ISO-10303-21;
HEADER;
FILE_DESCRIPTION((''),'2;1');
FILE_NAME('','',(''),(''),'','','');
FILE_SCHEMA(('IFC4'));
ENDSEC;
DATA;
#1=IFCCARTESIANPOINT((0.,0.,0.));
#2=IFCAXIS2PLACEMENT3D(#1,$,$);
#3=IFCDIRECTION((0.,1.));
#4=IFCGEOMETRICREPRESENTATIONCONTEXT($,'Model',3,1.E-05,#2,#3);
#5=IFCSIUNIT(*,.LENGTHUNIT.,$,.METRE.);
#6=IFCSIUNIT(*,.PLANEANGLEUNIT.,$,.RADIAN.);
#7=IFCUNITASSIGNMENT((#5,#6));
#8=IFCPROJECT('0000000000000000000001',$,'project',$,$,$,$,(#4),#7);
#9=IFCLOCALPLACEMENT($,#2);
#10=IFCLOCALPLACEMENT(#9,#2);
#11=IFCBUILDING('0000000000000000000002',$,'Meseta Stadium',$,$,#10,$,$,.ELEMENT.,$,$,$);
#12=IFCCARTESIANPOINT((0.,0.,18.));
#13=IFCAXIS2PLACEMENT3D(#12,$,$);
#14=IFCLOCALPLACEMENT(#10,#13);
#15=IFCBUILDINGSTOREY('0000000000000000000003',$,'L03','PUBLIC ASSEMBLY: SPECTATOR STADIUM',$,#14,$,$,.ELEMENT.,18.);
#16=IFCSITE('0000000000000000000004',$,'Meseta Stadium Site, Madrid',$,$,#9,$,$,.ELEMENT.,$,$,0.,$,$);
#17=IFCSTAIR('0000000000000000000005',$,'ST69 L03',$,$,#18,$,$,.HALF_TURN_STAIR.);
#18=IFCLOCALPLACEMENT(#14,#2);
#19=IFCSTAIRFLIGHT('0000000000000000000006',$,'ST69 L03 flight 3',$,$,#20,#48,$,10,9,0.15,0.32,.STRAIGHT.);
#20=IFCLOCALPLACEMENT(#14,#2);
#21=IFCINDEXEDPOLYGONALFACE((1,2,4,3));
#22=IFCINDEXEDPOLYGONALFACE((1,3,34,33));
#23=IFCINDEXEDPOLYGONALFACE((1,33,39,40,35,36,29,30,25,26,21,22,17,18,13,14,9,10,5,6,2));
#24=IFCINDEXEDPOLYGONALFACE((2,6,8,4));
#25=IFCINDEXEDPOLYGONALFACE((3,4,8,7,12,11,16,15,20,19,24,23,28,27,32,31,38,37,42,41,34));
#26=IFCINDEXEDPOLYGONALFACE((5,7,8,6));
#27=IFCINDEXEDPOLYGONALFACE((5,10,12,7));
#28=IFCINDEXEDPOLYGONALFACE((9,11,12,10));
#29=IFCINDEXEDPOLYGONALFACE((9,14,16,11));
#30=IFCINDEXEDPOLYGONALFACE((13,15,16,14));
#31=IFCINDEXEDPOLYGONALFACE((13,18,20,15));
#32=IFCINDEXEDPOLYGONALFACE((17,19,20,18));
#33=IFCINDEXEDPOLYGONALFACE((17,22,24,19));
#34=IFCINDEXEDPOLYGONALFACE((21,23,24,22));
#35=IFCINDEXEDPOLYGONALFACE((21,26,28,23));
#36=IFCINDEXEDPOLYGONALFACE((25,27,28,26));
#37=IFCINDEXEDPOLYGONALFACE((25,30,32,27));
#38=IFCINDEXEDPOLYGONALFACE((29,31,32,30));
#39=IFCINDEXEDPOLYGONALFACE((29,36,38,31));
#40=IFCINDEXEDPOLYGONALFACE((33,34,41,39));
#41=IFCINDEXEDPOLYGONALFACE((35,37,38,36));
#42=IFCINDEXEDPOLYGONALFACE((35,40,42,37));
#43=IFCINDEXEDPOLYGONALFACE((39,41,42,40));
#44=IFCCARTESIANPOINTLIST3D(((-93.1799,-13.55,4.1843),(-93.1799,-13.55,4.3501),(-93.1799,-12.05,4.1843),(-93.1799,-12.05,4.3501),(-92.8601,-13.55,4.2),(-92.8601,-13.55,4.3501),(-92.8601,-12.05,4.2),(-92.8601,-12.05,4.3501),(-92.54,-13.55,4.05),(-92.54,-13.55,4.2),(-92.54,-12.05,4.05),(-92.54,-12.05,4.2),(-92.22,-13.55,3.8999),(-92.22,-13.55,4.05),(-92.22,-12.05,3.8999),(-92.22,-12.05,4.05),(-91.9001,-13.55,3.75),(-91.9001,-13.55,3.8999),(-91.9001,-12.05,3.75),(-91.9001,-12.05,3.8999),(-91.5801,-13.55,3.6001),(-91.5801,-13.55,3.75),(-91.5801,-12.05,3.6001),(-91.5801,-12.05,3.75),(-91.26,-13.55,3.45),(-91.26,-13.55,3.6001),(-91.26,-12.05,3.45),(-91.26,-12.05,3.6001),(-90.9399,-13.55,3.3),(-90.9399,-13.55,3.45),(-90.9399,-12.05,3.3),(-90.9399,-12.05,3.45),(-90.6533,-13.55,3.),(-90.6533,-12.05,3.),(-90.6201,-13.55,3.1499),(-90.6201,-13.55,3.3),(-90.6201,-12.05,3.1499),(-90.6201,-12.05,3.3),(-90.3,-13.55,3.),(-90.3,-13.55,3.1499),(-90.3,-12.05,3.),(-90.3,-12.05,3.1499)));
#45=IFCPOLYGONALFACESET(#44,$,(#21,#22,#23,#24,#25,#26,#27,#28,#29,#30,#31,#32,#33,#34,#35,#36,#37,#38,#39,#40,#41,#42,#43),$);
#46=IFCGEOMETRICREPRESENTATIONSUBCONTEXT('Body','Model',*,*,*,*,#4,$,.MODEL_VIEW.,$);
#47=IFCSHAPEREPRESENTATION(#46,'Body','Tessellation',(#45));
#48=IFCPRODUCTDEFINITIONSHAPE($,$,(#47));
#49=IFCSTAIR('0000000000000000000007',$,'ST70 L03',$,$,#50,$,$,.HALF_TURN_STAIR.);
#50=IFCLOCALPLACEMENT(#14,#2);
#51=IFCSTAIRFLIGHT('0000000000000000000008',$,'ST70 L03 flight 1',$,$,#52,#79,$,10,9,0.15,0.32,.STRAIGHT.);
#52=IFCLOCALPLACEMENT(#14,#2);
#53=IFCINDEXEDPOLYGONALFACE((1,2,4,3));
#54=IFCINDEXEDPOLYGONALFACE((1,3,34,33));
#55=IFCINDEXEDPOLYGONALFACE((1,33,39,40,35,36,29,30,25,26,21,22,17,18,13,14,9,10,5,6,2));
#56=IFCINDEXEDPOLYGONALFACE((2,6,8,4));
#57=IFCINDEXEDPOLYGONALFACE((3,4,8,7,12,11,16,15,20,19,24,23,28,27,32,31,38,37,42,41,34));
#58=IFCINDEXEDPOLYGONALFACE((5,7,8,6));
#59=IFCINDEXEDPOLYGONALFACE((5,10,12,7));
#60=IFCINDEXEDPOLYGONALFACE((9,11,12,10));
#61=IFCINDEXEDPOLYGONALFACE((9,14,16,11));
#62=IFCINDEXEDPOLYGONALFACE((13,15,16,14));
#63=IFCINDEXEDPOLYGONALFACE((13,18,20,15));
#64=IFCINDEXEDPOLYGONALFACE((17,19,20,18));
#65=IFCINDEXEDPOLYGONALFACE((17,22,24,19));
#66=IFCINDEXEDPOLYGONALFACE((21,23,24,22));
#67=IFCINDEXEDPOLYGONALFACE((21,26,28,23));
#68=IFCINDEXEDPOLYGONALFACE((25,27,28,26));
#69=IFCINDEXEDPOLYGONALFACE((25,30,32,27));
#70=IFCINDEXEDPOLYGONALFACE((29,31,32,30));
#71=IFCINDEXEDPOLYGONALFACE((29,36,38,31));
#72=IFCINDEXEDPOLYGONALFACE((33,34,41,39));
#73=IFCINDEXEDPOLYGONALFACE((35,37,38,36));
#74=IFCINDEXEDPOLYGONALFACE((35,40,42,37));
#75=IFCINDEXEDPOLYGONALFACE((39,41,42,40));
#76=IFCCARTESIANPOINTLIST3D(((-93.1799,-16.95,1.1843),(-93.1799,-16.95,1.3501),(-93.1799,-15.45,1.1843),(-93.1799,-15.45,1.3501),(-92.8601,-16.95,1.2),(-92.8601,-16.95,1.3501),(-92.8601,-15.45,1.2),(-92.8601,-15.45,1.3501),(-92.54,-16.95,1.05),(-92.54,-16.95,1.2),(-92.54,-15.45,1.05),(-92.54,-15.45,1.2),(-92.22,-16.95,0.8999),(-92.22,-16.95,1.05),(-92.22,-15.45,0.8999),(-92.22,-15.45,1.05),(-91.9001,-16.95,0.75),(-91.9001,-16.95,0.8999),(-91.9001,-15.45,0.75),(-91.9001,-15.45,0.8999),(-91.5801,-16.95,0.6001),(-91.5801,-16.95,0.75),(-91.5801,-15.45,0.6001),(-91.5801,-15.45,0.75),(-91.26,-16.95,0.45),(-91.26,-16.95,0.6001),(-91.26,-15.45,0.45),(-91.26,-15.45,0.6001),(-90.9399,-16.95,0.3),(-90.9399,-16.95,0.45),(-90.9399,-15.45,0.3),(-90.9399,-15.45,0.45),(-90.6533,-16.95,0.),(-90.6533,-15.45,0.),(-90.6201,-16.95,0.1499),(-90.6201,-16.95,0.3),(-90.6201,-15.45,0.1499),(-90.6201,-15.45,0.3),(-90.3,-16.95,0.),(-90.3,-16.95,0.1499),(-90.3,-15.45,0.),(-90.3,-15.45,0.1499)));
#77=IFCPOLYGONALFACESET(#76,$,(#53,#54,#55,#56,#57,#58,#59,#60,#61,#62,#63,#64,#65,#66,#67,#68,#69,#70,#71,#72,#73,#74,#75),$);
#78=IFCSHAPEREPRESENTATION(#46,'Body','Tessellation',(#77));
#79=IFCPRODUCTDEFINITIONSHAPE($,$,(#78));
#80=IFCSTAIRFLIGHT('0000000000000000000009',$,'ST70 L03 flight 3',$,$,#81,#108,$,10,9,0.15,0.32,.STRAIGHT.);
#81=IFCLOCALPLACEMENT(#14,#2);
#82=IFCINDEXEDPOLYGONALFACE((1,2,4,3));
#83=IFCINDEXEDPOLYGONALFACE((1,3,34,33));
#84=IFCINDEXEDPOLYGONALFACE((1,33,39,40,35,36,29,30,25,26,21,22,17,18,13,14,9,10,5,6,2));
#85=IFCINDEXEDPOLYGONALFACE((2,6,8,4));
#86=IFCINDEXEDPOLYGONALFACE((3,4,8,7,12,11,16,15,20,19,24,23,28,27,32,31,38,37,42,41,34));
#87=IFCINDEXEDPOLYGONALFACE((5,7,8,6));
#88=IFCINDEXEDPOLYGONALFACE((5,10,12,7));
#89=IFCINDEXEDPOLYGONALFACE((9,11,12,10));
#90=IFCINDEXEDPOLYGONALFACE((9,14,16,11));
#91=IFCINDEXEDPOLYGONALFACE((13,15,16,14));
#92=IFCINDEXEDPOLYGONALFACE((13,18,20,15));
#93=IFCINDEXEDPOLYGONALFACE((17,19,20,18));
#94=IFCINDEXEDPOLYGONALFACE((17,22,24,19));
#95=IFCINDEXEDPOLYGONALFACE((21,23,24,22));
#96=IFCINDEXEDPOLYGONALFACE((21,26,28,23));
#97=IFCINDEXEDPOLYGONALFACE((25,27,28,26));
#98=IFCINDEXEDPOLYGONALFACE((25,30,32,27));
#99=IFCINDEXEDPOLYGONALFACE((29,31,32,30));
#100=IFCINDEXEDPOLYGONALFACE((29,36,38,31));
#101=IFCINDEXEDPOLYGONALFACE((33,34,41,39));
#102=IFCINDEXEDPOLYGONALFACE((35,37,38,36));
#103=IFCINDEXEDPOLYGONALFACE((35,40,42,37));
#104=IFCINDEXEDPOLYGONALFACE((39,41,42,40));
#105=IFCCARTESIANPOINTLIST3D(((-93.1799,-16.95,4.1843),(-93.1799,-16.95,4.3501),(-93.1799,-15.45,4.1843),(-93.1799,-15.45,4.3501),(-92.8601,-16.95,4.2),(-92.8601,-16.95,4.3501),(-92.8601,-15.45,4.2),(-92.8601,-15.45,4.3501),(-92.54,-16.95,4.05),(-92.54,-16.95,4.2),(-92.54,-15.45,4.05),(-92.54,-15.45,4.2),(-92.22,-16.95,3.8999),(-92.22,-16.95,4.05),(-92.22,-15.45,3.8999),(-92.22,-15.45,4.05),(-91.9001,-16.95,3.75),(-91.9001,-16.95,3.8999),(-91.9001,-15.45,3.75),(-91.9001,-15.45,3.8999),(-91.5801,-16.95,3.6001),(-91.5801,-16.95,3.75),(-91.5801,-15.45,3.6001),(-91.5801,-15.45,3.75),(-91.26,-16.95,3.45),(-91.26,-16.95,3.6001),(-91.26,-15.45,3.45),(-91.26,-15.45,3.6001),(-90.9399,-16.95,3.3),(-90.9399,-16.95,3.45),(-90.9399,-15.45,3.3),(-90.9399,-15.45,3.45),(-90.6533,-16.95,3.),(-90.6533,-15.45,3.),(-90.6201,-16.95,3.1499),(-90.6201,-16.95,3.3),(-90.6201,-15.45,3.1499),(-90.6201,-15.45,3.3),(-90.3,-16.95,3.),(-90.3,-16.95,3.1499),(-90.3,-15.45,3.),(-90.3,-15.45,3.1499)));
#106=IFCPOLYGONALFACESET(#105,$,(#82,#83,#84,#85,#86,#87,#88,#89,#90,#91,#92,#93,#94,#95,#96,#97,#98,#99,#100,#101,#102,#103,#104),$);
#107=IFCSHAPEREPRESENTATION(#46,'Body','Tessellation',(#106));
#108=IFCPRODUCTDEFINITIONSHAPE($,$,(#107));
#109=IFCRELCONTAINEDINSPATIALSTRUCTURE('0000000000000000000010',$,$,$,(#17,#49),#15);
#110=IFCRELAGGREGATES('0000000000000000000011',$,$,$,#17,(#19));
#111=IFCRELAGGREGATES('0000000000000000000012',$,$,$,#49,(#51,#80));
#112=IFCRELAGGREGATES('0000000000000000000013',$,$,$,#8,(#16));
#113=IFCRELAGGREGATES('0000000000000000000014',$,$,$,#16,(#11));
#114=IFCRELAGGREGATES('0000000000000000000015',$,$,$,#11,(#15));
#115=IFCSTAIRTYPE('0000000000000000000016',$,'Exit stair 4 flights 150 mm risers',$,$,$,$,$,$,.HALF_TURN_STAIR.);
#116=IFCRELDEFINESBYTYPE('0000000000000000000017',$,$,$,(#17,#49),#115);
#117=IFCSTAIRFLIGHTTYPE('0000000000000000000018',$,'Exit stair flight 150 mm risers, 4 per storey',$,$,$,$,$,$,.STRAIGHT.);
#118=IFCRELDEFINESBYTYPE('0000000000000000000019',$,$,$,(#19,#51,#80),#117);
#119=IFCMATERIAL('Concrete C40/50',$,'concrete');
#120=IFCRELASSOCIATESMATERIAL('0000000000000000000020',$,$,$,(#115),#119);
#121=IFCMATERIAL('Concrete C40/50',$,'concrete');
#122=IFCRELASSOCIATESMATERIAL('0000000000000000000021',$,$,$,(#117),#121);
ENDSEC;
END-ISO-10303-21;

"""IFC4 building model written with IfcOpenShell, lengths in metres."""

from ifc_helpers import new_model, si_unit, direction, frame, origin, place, context, subcontext, project, spatial, polyline, outline, extrude, material, type_object, element, aggregate, save


model = new_model("IFC4")

# Units and contexts
model_context = context("Model", 3, precision=1e-05, world=origin(), true_north=direction((0.0, 1.0)))
body_context = subcontext(model_context, "Body", "Model", "MODEL_VIEW")
ifc_project = project(units=[si_unit("LENGTHUNIT", "METRE"), si_unit("PLANEANGLEUNIT", "RADIAN")], contexts=[model_context])

# Site, building, storey
site_placement = place(None, origin())
site = spatial("IfcSite", under=ifc_project, at=site_placement, Name="Meseta Stadium Site, Madrid", CompositionType="ELEMENT", RefElevation=0.0)
building_placement = place(site_placement, origin())
building = spatial("IfcBuilding", under=site, at=building_placement, Name="Meseta Stadium", CompositionType="ELEMENT")
storey_placement = place(building_placement, frame((0.0, 0.0, 18.0)))
storey = spatial("IfcBuildingStorey", under=building, at=storey_placement, Name="L03", Description="PUBLIC ASSEMBLY: SPECTATOR STADIUM", CompositionType="ELEMENT", Elevation=18.0)

# Stairs, stair flights
ifc_material_1 = material(Name="Concrete C40/50", Category="concrete")
stair_type = type_object("IfcStairType", Name="Exit stair 4 flights 150 mm risers", PredefinedType="HALF_TURN_STAIR", material=ifc_material_1)
stair_1_placement = place(storey_placement, origin())
stair_1 = element("IfcStair", 1, at=stair_1_placement, inside=storey, type_object=stair_type, Name="ST69 L03", PredefinedType="HALF_TURN_STAIR")
ifc_material_2 = material(Name="Concrete C40/50", Category="concrete")
stair_flight_type = type_object("IfcStairFlightType", Name="Exit stair flight 150 mm risers, 4 per storey", PredefinedType="STRAIGHT", material=ifc_material_2)
stair_flight_1_placement = place(storey_placement, frame((-90.3, -12.8, 3.0), z_axis=(0.0, 0.0, 1.0), x_axis=(-1.0, 0.0, 0.0)))
stair_flight_1 = element("IfcStairFlight", 2, at=stair_flight_1_placement, type_object=stair_flight_type, Name="ST69 L03 flight 3", NumberOfRisers=10, NumberOfTreads=9, PredefinedType="STRAIGHT", RiserHeight=0.15, TreadLength=0.32, context=body_context, shape_type="SweptSolid", body=[
    extrude(outline(polyline([(0.0, 0.0), (0.0, 0.1499), (0.3201, 0.1499), (0.3201, 0.3), (0.6399, 0.3), (0.6399, 0.45), (0.96, 0.45), (0.96, 0.6001), (1.28, 0.6001), (1.28, 0.75), (1.6001, 0.75), (1.6001, 0.8999), (1.9199, 0.8999), (1.9199, 1.05), (2.24, 1.05), (2.24, 1.2), (2.5601, 1.2), (2.5601, 1.3501), (2.8799, 1.3501), (2.8799, 1.1843), (0.3533, 0.0), (0.0, 0.0)])), frame((0.0, 0.75, 0.0), z_axis=(0.0, -1.0, 0.0), x_axis=(1.0, 0.0, 0.0)), (0.0, 0.0, 1.0), 1.5),
])
aggregate(stair_1, [stair_flight_1])
stair_2_placement = place(storey_placement, origin())
stair_2 = element("IfcStair", 3, at=stair_2_placement, inside=storey, type_object=stair_type, Name="ST70 L03", PredefinedType="HALF_TURN_STAIR")
stair_flight_2_placement = place(storey_placement, frame((-90.3, -16.2, 0.0), z_axis=(0.0, 0.0, 1.0), x_axis=(-1.0, 0.0, 0.0)))
stair_flight_2 = element("IfcStairFlight", 4, at=stair_flight_2_placement, type_object=stair_flight_type, Name="ST70 L03 flight 1", NumberOfRisers=10, NumberOfTreads=9, PredefinedType="STRAIGHT", RiserHeight=0.15, TreadLength=0.32, context=body_context, shape_type="SweptSolid", body=[
    extrude(outline(polyline([(0.0, 0.0), (0.0, 0.1499), (0.3201, 0.1499), (0.3201, 0.3), (0.6399, 0.3), (0.6399, 0.45), (0.96, 0.45), (0.96, 0.6001), (1.28, 0.6001), (1.28, 0.75), (1.6001, 0.75), (1.6001, 0.8999), (1.9199, 0.8999), (1.9199, 1.05), (2.24, 1.05), (2.24, 1.2), (2.5601, 1.2), (2.5601, 1.3501), (2.8799, 1.3501), (2.8799, 1.1843), (0.3533, 0.0), (0.0, 0.0)])), frame((0.0, 0.75, 0.0), z_axis=(0.0, -1.0, 0.0), x_axis=(1.0, 0.0, 0.0)), (0.0, 0.0, 1.0), 1.5),
])
stair_flight_3_placement = place(storey_placement, frame((-90.3, -16.2, 3.0), z_axis=(0.0, 0.0, 1.0), x_axis=(-1.0, 0.0, 0.0)))
stair_flight_3 = element("IfcStairFlight", 5, at=stair_flight_3_placement, type_object=stair_flight_type, Name="ST70 L03 flight 3", NumberOfRisers=10, NumberOfTreads=9, PredefinedType="STRAIGHT", RiserHeight=0.15, TreadLength=0.32, context=body_context, shape_type="SweptSolid", body=[
    extrude(outline(polyline([(0.0, 0.0), (0.0, 0.1499), (0.3201, 0.1499), (0.3201, 0.3), (0.6399, 0.3), (0.6399, 0.45), (0.96, 0.45), (0.96, 0.6001), (1.28, 0.6001), (1.28, 0.75), (1.6001, 0.75), (1.6001, 0.8999), (1.9199, 0.8999), (1.9199, 1.05), (2.24, 1.05), (2.24, 1.2), (2.5601, 1.2), (2.5601, 1.3501), (2.8799, 1.3501), (2.8799, 1.1843), (0.3533, 0.0), (0.0, 0.0)])), frame((0.0, 0.75, 0.0), z_axis=(0.0, -1.0, 0.0), x_axis=(1.0, 0.0, 0.0)), (0.0, 0.0, 1.0), 1.5),
])
aggregate(stair_2, [stair_flight_2, stair_flight_3])

save(model, "model.ifc")
